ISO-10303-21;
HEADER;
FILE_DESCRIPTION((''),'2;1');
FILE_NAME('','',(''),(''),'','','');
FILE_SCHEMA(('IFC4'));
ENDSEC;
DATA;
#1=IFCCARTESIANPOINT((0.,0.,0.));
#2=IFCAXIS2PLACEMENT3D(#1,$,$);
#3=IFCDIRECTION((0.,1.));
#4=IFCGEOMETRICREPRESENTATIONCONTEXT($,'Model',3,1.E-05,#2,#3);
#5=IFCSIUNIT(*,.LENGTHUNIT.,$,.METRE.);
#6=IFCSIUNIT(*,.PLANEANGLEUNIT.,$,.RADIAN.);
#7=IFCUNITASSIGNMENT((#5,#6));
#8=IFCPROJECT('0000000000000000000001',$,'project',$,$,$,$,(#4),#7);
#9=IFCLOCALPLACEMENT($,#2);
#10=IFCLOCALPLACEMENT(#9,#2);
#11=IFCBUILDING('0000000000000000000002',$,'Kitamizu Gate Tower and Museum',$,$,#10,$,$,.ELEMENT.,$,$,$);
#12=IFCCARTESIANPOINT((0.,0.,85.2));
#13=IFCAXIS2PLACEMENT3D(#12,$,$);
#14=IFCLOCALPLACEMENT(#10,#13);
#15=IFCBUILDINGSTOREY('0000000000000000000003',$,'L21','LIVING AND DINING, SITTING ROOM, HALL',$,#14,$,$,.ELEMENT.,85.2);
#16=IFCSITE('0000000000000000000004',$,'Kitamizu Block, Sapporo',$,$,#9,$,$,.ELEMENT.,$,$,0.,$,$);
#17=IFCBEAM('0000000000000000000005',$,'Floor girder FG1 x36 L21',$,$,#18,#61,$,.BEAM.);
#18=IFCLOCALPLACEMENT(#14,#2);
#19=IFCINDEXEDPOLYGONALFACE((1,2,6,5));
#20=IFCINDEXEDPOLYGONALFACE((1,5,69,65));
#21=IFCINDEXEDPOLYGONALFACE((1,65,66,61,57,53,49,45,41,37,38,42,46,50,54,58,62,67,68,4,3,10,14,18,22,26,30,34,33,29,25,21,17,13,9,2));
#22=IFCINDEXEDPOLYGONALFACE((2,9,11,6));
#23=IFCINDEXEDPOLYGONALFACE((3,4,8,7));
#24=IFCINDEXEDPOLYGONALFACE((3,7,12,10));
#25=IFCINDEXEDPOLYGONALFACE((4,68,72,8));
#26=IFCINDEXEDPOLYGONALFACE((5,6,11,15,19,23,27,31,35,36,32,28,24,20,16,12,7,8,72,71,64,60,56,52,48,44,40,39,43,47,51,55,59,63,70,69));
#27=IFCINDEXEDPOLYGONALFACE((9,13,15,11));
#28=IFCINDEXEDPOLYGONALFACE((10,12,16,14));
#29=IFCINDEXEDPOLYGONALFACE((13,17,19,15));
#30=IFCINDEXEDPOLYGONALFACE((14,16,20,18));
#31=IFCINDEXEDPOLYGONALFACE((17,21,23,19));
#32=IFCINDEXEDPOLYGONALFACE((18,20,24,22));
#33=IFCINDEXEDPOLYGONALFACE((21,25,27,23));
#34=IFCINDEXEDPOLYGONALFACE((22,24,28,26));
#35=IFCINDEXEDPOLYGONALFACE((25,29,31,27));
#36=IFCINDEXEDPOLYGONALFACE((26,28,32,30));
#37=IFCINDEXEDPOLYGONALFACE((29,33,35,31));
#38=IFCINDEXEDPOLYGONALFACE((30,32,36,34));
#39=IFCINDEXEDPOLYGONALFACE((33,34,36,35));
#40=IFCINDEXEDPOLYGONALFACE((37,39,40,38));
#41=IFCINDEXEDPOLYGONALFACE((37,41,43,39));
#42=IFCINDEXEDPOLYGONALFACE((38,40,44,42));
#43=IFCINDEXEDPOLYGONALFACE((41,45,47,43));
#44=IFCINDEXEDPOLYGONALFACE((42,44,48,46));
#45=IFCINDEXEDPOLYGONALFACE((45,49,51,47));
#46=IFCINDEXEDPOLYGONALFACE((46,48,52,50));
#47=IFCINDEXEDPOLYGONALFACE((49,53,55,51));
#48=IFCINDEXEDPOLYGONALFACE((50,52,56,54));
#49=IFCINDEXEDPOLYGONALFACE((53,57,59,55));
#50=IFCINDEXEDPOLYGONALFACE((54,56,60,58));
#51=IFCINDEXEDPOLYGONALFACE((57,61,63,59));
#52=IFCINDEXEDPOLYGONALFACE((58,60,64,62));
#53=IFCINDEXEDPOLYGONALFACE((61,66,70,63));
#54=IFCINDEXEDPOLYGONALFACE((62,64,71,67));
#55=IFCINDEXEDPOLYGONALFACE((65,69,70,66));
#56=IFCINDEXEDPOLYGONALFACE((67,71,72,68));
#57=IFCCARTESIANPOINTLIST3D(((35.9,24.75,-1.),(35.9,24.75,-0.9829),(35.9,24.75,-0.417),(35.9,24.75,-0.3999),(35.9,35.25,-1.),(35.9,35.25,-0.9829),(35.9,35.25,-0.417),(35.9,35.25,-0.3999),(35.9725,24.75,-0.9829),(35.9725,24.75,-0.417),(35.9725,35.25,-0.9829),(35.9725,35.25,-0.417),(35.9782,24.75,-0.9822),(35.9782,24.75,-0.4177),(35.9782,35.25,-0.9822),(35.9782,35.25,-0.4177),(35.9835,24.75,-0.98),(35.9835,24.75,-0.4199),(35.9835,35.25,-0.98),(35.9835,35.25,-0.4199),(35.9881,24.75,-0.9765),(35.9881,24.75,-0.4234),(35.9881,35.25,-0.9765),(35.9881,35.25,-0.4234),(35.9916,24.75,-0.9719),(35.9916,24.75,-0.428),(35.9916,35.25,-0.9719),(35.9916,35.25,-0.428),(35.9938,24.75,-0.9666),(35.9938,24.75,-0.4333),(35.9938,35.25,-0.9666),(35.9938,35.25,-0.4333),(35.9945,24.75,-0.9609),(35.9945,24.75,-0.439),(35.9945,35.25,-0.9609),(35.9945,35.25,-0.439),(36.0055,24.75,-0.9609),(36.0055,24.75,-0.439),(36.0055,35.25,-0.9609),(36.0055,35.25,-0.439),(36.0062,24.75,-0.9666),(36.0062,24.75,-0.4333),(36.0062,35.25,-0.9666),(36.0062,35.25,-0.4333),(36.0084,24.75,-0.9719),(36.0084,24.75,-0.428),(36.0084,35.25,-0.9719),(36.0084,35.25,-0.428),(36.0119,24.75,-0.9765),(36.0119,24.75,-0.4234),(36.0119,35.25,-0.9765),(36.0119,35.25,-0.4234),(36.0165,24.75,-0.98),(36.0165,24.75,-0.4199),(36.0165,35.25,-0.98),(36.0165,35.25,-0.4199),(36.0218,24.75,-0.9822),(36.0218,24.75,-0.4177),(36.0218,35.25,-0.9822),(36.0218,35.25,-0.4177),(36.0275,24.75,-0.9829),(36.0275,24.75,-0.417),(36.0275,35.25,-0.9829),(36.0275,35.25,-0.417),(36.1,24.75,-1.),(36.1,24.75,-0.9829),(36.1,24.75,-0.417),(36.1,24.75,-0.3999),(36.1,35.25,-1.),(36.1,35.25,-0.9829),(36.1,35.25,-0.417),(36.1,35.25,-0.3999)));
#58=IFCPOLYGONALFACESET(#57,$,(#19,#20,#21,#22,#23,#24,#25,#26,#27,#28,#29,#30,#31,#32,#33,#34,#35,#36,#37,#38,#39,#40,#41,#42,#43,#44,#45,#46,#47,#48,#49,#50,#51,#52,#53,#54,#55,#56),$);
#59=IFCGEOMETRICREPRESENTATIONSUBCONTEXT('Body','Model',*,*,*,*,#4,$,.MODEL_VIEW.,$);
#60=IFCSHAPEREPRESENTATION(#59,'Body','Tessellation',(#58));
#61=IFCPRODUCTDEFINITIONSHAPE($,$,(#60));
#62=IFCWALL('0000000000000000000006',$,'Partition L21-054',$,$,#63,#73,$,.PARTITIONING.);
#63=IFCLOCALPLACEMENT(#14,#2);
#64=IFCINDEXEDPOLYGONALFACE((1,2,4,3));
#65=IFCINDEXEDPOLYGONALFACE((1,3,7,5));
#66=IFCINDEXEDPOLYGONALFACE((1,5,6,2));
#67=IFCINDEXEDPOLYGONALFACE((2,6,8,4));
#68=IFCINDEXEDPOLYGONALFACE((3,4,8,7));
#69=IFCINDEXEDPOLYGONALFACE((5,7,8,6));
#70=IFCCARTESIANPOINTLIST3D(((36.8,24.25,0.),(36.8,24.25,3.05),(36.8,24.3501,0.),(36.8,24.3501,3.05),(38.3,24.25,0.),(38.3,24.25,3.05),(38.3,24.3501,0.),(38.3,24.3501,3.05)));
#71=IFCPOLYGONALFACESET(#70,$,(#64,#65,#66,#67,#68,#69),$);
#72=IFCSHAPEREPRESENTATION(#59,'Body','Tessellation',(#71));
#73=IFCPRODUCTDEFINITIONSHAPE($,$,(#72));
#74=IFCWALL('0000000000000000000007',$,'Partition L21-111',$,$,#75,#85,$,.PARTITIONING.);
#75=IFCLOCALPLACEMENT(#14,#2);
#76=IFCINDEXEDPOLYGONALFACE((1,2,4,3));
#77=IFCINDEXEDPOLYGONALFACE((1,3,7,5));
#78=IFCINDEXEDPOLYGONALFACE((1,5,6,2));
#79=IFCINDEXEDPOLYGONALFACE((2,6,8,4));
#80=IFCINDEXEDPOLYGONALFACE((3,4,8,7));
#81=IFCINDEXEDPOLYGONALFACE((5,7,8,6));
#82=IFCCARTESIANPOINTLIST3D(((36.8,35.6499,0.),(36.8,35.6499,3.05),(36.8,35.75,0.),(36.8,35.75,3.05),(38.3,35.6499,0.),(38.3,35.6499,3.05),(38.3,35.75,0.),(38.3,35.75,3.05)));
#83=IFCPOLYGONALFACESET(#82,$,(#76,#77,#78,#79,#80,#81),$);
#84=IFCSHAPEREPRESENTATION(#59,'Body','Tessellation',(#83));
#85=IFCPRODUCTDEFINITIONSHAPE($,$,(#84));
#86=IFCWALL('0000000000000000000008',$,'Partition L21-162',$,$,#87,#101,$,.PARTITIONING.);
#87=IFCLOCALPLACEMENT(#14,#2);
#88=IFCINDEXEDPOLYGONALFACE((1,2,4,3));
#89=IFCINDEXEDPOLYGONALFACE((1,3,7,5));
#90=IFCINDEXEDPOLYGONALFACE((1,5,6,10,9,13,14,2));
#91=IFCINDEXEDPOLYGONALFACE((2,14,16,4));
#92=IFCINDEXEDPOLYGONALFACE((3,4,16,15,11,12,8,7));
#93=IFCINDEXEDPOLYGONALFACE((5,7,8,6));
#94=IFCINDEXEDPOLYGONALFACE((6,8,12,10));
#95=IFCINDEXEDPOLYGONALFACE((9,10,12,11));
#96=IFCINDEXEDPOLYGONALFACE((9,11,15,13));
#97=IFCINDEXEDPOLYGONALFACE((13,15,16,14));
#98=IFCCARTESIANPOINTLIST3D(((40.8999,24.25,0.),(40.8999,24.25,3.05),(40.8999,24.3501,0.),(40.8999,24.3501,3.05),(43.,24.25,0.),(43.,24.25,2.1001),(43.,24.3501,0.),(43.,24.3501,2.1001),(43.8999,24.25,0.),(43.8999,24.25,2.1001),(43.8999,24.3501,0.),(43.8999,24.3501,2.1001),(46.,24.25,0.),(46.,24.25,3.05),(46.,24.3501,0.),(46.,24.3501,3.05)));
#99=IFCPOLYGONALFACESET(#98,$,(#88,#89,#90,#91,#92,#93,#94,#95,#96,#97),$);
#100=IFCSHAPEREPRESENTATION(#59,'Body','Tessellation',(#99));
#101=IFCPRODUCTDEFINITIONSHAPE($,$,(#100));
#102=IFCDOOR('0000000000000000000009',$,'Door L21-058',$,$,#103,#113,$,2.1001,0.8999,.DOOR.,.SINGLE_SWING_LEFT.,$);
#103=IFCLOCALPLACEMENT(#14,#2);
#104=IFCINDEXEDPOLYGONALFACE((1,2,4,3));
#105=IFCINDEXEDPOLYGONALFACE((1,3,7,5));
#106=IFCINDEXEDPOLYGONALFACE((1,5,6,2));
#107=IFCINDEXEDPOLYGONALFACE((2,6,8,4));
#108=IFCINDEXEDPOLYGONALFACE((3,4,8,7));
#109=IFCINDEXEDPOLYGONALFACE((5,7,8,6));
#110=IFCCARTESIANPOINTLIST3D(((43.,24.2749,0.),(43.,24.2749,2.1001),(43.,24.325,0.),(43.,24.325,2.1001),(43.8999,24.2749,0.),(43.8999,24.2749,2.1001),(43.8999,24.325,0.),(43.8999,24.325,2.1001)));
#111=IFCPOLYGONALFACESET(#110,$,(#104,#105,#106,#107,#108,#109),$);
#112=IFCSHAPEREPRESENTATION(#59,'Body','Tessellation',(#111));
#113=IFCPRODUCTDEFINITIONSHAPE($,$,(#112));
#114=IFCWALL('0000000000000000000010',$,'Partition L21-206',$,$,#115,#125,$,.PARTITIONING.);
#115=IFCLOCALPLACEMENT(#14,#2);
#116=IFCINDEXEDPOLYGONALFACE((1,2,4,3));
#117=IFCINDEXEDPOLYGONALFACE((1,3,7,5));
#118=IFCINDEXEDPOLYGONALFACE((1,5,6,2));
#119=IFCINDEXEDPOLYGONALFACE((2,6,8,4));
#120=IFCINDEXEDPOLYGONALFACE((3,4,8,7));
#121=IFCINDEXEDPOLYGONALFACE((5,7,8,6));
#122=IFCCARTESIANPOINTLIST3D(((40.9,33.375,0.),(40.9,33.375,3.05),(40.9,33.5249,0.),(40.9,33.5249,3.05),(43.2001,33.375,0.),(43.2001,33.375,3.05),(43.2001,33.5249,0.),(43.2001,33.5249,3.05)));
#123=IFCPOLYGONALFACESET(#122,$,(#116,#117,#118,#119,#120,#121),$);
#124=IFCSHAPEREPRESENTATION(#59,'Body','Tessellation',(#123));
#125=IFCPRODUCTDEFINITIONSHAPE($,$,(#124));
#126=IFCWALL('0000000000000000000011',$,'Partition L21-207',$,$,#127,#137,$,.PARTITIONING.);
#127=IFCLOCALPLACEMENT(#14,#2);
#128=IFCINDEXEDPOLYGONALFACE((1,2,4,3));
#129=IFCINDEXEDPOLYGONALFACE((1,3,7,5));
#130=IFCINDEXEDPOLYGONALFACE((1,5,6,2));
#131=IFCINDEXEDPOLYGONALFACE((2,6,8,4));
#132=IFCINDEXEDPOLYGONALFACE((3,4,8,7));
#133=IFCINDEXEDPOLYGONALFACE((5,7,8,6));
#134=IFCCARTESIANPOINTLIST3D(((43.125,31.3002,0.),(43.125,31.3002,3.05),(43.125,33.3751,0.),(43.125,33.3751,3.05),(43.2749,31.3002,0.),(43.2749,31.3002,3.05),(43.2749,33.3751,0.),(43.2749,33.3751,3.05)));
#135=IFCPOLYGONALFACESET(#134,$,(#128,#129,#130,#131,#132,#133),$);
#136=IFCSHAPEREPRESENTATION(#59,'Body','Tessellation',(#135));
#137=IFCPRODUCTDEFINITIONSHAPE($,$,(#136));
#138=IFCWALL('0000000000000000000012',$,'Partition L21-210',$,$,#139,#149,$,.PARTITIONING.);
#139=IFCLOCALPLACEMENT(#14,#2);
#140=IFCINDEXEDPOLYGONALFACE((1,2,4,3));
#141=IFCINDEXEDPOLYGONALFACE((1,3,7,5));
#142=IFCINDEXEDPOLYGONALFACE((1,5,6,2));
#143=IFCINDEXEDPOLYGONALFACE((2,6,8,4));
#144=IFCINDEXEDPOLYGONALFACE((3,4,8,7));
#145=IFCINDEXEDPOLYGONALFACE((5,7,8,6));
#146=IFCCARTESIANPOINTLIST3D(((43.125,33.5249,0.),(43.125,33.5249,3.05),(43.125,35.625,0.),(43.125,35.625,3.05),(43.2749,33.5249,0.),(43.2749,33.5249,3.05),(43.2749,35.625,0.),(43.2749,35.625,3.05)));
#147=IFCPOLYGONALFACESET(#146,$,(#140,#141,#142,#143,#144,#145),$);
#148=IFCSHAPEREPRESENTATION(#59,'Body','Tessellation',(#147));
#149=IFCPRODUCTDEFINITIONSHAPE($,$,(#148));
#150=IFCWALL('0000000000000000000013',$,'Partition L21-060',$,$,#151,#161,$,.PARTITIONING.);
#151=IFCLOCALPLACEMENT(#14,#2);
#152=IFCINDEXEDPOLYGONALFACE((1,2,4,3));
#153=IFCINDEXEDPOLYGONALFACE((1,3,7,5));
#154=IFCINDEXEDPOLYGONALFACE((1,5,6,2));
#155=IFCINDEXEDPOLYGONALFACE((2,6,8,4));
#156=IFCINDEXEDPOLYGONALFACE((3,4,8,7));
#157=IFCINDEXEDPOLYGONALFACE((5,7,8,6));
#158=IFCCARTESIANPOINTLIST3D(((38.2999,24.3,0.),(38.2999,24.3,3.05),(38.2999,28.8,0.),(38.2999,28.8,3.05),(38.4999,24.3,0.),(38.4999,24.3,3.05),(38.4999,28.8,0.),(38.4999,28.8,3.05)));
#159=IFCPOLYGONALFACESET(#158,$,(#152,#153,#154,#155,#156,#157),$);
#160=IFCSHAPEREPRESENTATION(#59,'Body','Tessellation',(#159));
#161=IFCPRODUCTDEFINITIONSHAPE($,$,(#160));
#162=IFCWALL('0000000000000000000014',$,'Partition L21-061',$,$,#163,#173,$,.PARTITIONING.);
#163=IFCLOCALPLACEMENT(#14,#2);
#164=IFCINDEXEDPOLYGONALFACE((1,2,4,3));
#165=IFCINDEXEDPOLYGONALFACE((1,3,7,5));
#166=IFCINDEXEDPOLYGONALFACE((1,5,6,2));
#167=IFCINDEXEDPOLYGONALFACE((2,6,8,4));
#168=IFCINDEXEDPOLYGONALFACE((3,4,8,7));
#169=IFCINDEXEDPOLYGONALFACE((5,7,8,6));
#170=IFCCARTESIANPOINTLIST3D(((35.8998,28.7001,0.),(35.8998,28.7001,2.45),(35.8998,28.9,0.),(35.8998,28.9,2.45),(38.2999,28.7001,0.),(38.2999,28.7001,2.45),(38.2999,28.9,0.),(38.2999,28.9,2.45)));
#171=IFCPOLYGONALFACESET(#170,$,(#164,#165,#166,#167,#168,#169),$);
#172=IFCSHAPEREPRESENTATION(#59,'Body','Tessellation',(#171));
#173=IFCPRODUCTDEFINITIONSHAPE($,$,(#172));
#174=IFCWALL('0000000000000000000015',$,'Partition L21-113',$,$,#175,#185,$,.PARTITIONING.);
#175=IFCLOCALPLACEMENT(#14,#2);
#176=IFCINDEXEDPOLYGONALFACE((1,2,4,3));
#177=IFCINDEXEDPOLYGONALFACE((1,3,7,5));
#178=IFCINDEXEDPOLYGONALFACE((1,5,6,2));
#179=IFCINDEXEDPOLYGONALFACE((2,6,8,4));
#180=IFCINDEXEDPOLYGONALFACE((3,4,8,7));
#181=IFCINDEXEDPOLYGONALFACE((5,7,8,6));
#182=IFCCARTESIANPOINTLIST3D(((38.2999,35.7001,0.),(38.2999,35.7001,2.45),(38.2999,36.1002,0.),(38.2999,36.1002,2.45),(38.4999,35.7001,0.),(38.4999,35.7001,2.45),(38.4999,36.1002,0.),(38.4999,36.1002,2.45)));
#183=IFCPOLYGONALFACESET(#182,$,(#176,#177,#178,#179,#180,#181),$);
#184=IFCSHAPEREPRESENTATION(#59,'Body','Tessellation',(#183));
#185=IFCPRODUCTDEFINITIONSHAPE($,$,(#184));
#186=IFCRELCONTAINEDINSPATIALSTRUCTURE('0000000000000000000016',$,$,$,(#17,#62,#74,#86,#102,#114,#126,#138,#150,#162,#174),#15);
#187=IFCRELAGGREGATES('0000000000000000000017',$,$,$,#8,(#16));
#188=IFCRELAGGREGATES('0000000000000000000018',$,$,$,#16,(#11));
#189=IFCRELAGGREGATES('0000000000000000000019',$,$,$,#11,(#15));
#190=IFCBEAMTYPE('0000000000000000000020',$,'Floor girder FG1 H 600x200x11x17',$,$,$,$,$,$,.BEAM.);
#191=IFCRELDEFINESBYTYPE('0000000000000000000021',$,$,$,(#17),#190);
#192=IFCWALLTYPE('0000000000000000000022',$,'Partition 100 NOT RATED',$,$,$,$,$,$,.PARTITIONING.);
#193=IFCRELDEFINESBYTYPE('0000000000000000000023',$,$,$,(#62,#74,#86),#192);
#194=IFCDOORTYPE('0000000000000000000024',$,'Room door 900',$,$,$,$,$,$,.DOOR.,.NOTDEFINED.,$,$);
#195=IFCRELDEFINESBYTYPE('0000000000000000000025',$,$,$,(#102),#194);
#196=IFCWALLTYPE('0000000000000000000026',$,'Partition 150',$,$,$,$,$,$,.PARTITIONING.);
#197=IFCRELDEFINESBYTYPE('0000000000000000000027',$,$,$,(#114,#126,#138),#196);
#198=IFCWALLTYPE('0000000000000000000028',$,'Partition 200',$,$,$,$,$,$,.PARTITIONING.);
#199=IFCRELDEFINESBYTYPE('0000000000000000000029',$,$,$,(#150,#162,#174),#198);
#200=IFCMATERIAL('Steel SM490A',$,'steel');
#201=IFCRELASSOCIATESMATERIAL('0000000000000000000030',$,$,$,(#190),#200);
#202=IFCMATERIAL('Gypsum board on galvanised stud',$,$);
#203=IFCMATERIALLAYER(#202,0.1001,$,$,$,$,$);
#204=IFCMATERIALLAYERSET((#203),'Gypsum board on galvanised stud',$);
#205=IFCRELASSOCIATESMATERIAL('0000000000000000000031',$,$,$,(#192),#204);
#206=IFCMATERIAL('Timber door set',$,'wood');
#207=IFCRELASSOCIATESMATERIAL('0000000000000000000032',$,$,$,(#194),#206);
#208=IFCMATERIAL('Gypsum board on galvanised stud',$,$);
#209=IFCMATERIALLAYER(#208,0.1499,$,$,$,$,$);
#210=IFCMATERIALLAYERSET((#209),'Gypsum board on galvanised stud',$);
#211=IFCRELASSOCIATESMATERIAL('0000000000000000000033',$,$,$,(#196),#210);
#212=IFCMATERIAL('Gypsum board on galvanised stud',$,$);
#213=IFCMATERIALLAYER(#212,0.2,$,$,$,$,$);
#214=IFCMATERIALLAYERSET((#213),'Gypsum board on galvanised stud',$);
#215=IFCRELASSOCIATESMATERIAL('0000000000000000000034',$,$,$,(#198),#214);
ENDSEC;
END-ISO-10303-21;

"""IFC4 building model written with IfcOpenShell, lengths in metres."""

from ifc_helpers import new_model, si_unit, direction, frame, frame_2d, origin, origin_2d, place, context, subcontext, project, spatial, rectangle, i_section, extrude, material, layer, layer_set, material_profile, profile_set, type_object, element, fill, save


model = new_model("IFC4")

# Units and contexts
model_context = context("Model", 3, precision=1e-05, world=origin(), true_north=direction((0.0, 1.0)))
body_context = subcontext(model_context, "Body", "Model", "MODEL_VIEW")
ifc_project = project(units=[si_unit("LENGTHUNIT", "METRE"), si_unit("PLANEANGLEUNIT", "RADIAN")], contexts=[model_context])

# Site, building, storey
site_placement = place(None, origin())
site = spatial("IfcSite", under=ifc_project, at=site_placement, Name="Kitamizu Block, Sapporo", CompositionType="ELEMENT", RefElevation=0.0)
building_placement = place(site_placement, origin())
building = spatial("IfcBuilding", under=site, at=building_placement, Name="Kitamizu Gate Tower and Museum", CompositionType="ELEMENT")
storey_placement = place(building_placement, frame((0.0, 0.0, 85.2)))
storey = spatial("IfcBuildingStorey", under=building, at=storey_placement, Name="L21", Description="LIVING AND DINING, SITTING ROOM, HALL", CompositionType="ELEMENT", Elevation=85.2)

# Beam
ifc_material_1 = material(Name="Steel SM490A", Category="steel")
ifc_material_profile = material_profile(ifc_material_1, i_section(OverallWidth=0.2, OverallDepth=0.6001, WebThickness=0.011, FlangeThickness=0.0171, FilletRadius=0.022, at=origin_2d()), Name="H-600x200x11x17")
ifc_profile_set = profile_set([ifc_material_profile], Name="Steel SM490A")
beam_type = type_object("IfcBeamType", Name="Floor girder FG1 H 600x200x11x17", PredefinedType="BEAM", material=ifc_profile_set)
beam_placement = place(storey_placement, frame((36.0, 24.75, -0.7), z_axis=(0.0, 1.0, 0.0), x_axis=(-1.0, 0.0, 0.0)))
element("IfcBeam", 1, at=beam_placement, inside=storey, type_object=beam_type, Name="Floor girder FG1 x36 L21", PredefinedType="BEAM", context=body_context, shape_type="SweptSolid", body=[
    extrude(i_section(OverallWidth=0.2, OverallDepth=0.6001, WebThickness=0.011, FlangeThickness=0.0171, FilletRadius=0.022, at=origin_2d()), origin(), (0.0, 0.0, 1.0), 10.5),
])

# Walls
ifc_material_2 = material(Name="Gypsum board on galvanised stud")
ifc_layer_1 = layer(ifc_material_2, 0.1001)
ifc_layer_set_1 = layer_set([ifc_layer_1], Name="Gypsum board on galvanised stud")
wall_type_1 = type_object("IfcWallType", Name="Partition 100 NOT RATED", PredefinedType="PARTITIONING", material=ifc_layer_set_1)
for number, where, z_axis, x_axis, name in (
    (2, (38.3, 24.3, 0.0), (0.0, 0.0, 1.0), (-1.0, 0.0, 0.0), "Partition L21-054"),
    (3, (36.8, 35.7, 0.0), (0.0, 0.0, 1.0), (1.0, 0.0, 0.0), "Partition L21-111"),
):
    element("IfcWall", number, at=place(storey_placement, frame(where, z_axis=z_axis, x_axis=x_axis)), inside=storey, type_object=wall_type_1, Name=name, PredefinedType="PARTITIONING", context=body_context, shape_type="SweptSolid", body=[
        extrude(rectangle(XDim=1.5, YDim=0.1001, at=frame_2d((0.75, 0.0))), origin(), (0.0, 0.0, 1.0), 3.05),
    ])

# Wall, opening, door
wall_1_placement = place(storey_placement, frame((46.0, 24.3, 0.0), z_axis=(0.0, 0.0, 1.0), x_axis=(-1.0, 0.0, 0.0)))
wall_1 = element("IfcWall", 4, at=wall_1_placement, inside=storey, type_object=wall_type_1, Name="Partition L21-162", PredefinedType="PARTITIONING", context=body_context, shape_type="SweptSolid", body=[
    extrude(rectangle(XDim=5.1001, YDim=0.1001, at=frame_2d((2.55, 0.0))), origin(), (0.0, 0.0, 1.0), 3.05),
])
opening_1_placement = place(wall_1_placement, frame((2.1001, 0.0, 0.0)))
opening_1 = element("IfcOpeningElement", 5, at=opening_1_placement, cuts=wall_1, PredefinedType="OPENING", context=body_context, shape_type="SweptSolid", body=[
    extrude(rectangle(XDim=0.8999, YDim=2.1001, at=frame_2d((0.45, 1.05))), frame((0.0, 0.0601, 0.0), z_axis=(0.0, -1.0, 0.0), x_axis=(1.0, 0.0, 0.0)), (0.0, 0.0, 1.0), 0.1201),
])
ifc_material_3 = material(Name="Timber door set", Category="wood")
door_type_1 = type_object("IfcDoorType", Name="Room door 900", OperationType="NOTDEFINED", PredefinedType="DOOR", material=ifc_material_3)
door_1_placement = place(opening_1_placement, frame((0.8999, 0.0, 0.0), x_axis=(-1.0, 0.0, 0.0)))
door_1 = element("IfcDoor", 6, at=door_1_placement, inside=storey, type_object=door_type_1, Name="Door L21-058", OperationType="SINGLE_SWING_LEFT", OverallHeight=2.1001, OverallWidth=0.8999, PredefinedType="DOOR", context=body_context, shape_type="SweptSolid", body=[
    extrude(rectangle(XDim=0.8999, YDim=2.1001, at=frame_2d((0.45, 1.05))), frame((0.0, 0.0249, 0.0), z_axis=(0.0, -1.0, 0.0), x_axis=(1.0, 0.0, 0.0)), (0.0, 0.0, 1.0), 0.05),
])
fill(opening_1, door_1)

# Walls
ifc_material_4 = material(Name="Gypsum board on galvanised stud")
ifc_layer_2 = layer(ifc_material_4, 0.1499)
ifc_layer_set_2 = layer_set([ifc_layer_2], Name="Gypsum board on galvanised stud")
wall_type_2 = type_object("IfcWallType", Name="Partition 150", PredefinedType="PARTITIONING", material=ifc_layer_set_2)
wall_2_placement = place(storey_placement, frame((43.2, 33.45, 0.0), z_axis=(0.0, 0.0, 1.0), x_axis=(-1.0, 0.0, 0.0)))
element("IfcWall", 7, at=wall_2_placement, inside=storey, type_object=wall_type_2, Name="Partition L21-206", PredefinedType="PARTITIONING", context=body_context, shape_type="SweptSolid", body=[
    extrude(rectangle(XDim=2.3, YDim=0.1499, at=frame_2d((1.1499, 0.0))), origin(), (0.0, 0.0, 1.0), 3.05),
])
wall_3_placement = place(storey_placement, frame((43.2, 31.3, 0.0), z_axis=(0.0, 0.0, 1.0), x_axis=(0.0, 1.0, 0.0)))
element("IfcWall", 8, at=wall_3_placement, inside=storey, type_object=wall_type_2, Name="Partition L21-207", PredefinedType="PARTITIONING", context=body_context, shape_type="SweptSolid", body=[
    extrude(rectangle(XDim=2.075, YDim=0.1499, at=frame_2d((1.0376, 0.0))), origin(), (0.0, 0.0, 1.0), 3.05),
])
wall_4_placement = place(storey_placement, frame((43.2, 33.5249, 0.0), z_axis=(0.0, 0.0, 1.0), x_axis=(0.0, 1.0, 0.0)))
element("IfcWall", 9, at=wall_4_placement, inside=storey, type_object=wall_type_2, Name="Partition L21-210", PredefinedType="PARTITIONING", context=body_context, shape_type="SweptSolid", body=[
    extrude(rectangle(XDim=2.1001, YDim=0.1499, at=frame_2d((1.05, 0.0))), origin(), (0.0, 0.0, 1.0), 3.05),
])
ifc_material_5 = material(Name="Gypsum board on galvanised stud")
ifc_layer_3 = layer(ifc_material_5, 0.2)
ifc_layer_set_3 = layer_set([ifc_layer_3], Name="Gypsum board on galvanised stud")
wall_type_3 = type_object("IfcWallType", Name="Partition 200", PredefinedType="PARTITIONING", material=ifc_layer_set_3)
wall_5_placement = place(storey_placement, frame((38.3999, 24.3, 0.0), z_axis=(0.0, 0.0, 1.0), x_axis=(0.0, 1.0, 0.0)))
element("IfcWall", 10, at=wall_5_placement, inside=storey, type_object=wall_type_3, Name="Partition L21-060", PredefinedType="PARTITIONING", context=body_context, shape_type="SweptSolid", body=[
    extrude(rectangle(XDim=4.5, YDim=0.2, at=frame_2d((2.25, 0.0))), origin(), (0.0, 0.0, 1.0), 3.05),
])
wall_6_placement = place(storey_placement, frame((38.3, 28.8, 0.0), z_axis=(0.0, 0.0, 1.0), x_axis=(-1.0, 0.0, 0.0)))
element("IfcWall", 11, at=wall_6_placement, inside=storey, type_object=wall_type_3, Name="Partition L21-061", PredefinedType="PARTITIONING", context=body_context, shape_type="SweptSolid", body=[
    extrude(rectangle(XDim=2.4001, YDim=0.2, at=frame_2d((1.2002, 0.0))), origin(), (0.0, 0.0, 1.0), 2.45),
])
wall_7_placement = place(storey_placement, frame((38.3999, 35.7, 0.0), z_axis=(0.0, 0.0, 1.0), x_axis=(0.0, 1.0, 0.0)))
element("IfcWall", 12, at=wall_7_placement, inside=storey, type_object=wall_type_3, Name="Partition L21-113", PredefinedType="PARTITIONING", context=body_context, shape_type="SweptSolid", body=[
    extrude(rectangle(XDim=0.4001, YDim=0.2, at=frame_2d((0.2002, 0.0))), origin(), (0.0, 0.0, 1.0), 2.45),
])

save(model, "model.ifc")
